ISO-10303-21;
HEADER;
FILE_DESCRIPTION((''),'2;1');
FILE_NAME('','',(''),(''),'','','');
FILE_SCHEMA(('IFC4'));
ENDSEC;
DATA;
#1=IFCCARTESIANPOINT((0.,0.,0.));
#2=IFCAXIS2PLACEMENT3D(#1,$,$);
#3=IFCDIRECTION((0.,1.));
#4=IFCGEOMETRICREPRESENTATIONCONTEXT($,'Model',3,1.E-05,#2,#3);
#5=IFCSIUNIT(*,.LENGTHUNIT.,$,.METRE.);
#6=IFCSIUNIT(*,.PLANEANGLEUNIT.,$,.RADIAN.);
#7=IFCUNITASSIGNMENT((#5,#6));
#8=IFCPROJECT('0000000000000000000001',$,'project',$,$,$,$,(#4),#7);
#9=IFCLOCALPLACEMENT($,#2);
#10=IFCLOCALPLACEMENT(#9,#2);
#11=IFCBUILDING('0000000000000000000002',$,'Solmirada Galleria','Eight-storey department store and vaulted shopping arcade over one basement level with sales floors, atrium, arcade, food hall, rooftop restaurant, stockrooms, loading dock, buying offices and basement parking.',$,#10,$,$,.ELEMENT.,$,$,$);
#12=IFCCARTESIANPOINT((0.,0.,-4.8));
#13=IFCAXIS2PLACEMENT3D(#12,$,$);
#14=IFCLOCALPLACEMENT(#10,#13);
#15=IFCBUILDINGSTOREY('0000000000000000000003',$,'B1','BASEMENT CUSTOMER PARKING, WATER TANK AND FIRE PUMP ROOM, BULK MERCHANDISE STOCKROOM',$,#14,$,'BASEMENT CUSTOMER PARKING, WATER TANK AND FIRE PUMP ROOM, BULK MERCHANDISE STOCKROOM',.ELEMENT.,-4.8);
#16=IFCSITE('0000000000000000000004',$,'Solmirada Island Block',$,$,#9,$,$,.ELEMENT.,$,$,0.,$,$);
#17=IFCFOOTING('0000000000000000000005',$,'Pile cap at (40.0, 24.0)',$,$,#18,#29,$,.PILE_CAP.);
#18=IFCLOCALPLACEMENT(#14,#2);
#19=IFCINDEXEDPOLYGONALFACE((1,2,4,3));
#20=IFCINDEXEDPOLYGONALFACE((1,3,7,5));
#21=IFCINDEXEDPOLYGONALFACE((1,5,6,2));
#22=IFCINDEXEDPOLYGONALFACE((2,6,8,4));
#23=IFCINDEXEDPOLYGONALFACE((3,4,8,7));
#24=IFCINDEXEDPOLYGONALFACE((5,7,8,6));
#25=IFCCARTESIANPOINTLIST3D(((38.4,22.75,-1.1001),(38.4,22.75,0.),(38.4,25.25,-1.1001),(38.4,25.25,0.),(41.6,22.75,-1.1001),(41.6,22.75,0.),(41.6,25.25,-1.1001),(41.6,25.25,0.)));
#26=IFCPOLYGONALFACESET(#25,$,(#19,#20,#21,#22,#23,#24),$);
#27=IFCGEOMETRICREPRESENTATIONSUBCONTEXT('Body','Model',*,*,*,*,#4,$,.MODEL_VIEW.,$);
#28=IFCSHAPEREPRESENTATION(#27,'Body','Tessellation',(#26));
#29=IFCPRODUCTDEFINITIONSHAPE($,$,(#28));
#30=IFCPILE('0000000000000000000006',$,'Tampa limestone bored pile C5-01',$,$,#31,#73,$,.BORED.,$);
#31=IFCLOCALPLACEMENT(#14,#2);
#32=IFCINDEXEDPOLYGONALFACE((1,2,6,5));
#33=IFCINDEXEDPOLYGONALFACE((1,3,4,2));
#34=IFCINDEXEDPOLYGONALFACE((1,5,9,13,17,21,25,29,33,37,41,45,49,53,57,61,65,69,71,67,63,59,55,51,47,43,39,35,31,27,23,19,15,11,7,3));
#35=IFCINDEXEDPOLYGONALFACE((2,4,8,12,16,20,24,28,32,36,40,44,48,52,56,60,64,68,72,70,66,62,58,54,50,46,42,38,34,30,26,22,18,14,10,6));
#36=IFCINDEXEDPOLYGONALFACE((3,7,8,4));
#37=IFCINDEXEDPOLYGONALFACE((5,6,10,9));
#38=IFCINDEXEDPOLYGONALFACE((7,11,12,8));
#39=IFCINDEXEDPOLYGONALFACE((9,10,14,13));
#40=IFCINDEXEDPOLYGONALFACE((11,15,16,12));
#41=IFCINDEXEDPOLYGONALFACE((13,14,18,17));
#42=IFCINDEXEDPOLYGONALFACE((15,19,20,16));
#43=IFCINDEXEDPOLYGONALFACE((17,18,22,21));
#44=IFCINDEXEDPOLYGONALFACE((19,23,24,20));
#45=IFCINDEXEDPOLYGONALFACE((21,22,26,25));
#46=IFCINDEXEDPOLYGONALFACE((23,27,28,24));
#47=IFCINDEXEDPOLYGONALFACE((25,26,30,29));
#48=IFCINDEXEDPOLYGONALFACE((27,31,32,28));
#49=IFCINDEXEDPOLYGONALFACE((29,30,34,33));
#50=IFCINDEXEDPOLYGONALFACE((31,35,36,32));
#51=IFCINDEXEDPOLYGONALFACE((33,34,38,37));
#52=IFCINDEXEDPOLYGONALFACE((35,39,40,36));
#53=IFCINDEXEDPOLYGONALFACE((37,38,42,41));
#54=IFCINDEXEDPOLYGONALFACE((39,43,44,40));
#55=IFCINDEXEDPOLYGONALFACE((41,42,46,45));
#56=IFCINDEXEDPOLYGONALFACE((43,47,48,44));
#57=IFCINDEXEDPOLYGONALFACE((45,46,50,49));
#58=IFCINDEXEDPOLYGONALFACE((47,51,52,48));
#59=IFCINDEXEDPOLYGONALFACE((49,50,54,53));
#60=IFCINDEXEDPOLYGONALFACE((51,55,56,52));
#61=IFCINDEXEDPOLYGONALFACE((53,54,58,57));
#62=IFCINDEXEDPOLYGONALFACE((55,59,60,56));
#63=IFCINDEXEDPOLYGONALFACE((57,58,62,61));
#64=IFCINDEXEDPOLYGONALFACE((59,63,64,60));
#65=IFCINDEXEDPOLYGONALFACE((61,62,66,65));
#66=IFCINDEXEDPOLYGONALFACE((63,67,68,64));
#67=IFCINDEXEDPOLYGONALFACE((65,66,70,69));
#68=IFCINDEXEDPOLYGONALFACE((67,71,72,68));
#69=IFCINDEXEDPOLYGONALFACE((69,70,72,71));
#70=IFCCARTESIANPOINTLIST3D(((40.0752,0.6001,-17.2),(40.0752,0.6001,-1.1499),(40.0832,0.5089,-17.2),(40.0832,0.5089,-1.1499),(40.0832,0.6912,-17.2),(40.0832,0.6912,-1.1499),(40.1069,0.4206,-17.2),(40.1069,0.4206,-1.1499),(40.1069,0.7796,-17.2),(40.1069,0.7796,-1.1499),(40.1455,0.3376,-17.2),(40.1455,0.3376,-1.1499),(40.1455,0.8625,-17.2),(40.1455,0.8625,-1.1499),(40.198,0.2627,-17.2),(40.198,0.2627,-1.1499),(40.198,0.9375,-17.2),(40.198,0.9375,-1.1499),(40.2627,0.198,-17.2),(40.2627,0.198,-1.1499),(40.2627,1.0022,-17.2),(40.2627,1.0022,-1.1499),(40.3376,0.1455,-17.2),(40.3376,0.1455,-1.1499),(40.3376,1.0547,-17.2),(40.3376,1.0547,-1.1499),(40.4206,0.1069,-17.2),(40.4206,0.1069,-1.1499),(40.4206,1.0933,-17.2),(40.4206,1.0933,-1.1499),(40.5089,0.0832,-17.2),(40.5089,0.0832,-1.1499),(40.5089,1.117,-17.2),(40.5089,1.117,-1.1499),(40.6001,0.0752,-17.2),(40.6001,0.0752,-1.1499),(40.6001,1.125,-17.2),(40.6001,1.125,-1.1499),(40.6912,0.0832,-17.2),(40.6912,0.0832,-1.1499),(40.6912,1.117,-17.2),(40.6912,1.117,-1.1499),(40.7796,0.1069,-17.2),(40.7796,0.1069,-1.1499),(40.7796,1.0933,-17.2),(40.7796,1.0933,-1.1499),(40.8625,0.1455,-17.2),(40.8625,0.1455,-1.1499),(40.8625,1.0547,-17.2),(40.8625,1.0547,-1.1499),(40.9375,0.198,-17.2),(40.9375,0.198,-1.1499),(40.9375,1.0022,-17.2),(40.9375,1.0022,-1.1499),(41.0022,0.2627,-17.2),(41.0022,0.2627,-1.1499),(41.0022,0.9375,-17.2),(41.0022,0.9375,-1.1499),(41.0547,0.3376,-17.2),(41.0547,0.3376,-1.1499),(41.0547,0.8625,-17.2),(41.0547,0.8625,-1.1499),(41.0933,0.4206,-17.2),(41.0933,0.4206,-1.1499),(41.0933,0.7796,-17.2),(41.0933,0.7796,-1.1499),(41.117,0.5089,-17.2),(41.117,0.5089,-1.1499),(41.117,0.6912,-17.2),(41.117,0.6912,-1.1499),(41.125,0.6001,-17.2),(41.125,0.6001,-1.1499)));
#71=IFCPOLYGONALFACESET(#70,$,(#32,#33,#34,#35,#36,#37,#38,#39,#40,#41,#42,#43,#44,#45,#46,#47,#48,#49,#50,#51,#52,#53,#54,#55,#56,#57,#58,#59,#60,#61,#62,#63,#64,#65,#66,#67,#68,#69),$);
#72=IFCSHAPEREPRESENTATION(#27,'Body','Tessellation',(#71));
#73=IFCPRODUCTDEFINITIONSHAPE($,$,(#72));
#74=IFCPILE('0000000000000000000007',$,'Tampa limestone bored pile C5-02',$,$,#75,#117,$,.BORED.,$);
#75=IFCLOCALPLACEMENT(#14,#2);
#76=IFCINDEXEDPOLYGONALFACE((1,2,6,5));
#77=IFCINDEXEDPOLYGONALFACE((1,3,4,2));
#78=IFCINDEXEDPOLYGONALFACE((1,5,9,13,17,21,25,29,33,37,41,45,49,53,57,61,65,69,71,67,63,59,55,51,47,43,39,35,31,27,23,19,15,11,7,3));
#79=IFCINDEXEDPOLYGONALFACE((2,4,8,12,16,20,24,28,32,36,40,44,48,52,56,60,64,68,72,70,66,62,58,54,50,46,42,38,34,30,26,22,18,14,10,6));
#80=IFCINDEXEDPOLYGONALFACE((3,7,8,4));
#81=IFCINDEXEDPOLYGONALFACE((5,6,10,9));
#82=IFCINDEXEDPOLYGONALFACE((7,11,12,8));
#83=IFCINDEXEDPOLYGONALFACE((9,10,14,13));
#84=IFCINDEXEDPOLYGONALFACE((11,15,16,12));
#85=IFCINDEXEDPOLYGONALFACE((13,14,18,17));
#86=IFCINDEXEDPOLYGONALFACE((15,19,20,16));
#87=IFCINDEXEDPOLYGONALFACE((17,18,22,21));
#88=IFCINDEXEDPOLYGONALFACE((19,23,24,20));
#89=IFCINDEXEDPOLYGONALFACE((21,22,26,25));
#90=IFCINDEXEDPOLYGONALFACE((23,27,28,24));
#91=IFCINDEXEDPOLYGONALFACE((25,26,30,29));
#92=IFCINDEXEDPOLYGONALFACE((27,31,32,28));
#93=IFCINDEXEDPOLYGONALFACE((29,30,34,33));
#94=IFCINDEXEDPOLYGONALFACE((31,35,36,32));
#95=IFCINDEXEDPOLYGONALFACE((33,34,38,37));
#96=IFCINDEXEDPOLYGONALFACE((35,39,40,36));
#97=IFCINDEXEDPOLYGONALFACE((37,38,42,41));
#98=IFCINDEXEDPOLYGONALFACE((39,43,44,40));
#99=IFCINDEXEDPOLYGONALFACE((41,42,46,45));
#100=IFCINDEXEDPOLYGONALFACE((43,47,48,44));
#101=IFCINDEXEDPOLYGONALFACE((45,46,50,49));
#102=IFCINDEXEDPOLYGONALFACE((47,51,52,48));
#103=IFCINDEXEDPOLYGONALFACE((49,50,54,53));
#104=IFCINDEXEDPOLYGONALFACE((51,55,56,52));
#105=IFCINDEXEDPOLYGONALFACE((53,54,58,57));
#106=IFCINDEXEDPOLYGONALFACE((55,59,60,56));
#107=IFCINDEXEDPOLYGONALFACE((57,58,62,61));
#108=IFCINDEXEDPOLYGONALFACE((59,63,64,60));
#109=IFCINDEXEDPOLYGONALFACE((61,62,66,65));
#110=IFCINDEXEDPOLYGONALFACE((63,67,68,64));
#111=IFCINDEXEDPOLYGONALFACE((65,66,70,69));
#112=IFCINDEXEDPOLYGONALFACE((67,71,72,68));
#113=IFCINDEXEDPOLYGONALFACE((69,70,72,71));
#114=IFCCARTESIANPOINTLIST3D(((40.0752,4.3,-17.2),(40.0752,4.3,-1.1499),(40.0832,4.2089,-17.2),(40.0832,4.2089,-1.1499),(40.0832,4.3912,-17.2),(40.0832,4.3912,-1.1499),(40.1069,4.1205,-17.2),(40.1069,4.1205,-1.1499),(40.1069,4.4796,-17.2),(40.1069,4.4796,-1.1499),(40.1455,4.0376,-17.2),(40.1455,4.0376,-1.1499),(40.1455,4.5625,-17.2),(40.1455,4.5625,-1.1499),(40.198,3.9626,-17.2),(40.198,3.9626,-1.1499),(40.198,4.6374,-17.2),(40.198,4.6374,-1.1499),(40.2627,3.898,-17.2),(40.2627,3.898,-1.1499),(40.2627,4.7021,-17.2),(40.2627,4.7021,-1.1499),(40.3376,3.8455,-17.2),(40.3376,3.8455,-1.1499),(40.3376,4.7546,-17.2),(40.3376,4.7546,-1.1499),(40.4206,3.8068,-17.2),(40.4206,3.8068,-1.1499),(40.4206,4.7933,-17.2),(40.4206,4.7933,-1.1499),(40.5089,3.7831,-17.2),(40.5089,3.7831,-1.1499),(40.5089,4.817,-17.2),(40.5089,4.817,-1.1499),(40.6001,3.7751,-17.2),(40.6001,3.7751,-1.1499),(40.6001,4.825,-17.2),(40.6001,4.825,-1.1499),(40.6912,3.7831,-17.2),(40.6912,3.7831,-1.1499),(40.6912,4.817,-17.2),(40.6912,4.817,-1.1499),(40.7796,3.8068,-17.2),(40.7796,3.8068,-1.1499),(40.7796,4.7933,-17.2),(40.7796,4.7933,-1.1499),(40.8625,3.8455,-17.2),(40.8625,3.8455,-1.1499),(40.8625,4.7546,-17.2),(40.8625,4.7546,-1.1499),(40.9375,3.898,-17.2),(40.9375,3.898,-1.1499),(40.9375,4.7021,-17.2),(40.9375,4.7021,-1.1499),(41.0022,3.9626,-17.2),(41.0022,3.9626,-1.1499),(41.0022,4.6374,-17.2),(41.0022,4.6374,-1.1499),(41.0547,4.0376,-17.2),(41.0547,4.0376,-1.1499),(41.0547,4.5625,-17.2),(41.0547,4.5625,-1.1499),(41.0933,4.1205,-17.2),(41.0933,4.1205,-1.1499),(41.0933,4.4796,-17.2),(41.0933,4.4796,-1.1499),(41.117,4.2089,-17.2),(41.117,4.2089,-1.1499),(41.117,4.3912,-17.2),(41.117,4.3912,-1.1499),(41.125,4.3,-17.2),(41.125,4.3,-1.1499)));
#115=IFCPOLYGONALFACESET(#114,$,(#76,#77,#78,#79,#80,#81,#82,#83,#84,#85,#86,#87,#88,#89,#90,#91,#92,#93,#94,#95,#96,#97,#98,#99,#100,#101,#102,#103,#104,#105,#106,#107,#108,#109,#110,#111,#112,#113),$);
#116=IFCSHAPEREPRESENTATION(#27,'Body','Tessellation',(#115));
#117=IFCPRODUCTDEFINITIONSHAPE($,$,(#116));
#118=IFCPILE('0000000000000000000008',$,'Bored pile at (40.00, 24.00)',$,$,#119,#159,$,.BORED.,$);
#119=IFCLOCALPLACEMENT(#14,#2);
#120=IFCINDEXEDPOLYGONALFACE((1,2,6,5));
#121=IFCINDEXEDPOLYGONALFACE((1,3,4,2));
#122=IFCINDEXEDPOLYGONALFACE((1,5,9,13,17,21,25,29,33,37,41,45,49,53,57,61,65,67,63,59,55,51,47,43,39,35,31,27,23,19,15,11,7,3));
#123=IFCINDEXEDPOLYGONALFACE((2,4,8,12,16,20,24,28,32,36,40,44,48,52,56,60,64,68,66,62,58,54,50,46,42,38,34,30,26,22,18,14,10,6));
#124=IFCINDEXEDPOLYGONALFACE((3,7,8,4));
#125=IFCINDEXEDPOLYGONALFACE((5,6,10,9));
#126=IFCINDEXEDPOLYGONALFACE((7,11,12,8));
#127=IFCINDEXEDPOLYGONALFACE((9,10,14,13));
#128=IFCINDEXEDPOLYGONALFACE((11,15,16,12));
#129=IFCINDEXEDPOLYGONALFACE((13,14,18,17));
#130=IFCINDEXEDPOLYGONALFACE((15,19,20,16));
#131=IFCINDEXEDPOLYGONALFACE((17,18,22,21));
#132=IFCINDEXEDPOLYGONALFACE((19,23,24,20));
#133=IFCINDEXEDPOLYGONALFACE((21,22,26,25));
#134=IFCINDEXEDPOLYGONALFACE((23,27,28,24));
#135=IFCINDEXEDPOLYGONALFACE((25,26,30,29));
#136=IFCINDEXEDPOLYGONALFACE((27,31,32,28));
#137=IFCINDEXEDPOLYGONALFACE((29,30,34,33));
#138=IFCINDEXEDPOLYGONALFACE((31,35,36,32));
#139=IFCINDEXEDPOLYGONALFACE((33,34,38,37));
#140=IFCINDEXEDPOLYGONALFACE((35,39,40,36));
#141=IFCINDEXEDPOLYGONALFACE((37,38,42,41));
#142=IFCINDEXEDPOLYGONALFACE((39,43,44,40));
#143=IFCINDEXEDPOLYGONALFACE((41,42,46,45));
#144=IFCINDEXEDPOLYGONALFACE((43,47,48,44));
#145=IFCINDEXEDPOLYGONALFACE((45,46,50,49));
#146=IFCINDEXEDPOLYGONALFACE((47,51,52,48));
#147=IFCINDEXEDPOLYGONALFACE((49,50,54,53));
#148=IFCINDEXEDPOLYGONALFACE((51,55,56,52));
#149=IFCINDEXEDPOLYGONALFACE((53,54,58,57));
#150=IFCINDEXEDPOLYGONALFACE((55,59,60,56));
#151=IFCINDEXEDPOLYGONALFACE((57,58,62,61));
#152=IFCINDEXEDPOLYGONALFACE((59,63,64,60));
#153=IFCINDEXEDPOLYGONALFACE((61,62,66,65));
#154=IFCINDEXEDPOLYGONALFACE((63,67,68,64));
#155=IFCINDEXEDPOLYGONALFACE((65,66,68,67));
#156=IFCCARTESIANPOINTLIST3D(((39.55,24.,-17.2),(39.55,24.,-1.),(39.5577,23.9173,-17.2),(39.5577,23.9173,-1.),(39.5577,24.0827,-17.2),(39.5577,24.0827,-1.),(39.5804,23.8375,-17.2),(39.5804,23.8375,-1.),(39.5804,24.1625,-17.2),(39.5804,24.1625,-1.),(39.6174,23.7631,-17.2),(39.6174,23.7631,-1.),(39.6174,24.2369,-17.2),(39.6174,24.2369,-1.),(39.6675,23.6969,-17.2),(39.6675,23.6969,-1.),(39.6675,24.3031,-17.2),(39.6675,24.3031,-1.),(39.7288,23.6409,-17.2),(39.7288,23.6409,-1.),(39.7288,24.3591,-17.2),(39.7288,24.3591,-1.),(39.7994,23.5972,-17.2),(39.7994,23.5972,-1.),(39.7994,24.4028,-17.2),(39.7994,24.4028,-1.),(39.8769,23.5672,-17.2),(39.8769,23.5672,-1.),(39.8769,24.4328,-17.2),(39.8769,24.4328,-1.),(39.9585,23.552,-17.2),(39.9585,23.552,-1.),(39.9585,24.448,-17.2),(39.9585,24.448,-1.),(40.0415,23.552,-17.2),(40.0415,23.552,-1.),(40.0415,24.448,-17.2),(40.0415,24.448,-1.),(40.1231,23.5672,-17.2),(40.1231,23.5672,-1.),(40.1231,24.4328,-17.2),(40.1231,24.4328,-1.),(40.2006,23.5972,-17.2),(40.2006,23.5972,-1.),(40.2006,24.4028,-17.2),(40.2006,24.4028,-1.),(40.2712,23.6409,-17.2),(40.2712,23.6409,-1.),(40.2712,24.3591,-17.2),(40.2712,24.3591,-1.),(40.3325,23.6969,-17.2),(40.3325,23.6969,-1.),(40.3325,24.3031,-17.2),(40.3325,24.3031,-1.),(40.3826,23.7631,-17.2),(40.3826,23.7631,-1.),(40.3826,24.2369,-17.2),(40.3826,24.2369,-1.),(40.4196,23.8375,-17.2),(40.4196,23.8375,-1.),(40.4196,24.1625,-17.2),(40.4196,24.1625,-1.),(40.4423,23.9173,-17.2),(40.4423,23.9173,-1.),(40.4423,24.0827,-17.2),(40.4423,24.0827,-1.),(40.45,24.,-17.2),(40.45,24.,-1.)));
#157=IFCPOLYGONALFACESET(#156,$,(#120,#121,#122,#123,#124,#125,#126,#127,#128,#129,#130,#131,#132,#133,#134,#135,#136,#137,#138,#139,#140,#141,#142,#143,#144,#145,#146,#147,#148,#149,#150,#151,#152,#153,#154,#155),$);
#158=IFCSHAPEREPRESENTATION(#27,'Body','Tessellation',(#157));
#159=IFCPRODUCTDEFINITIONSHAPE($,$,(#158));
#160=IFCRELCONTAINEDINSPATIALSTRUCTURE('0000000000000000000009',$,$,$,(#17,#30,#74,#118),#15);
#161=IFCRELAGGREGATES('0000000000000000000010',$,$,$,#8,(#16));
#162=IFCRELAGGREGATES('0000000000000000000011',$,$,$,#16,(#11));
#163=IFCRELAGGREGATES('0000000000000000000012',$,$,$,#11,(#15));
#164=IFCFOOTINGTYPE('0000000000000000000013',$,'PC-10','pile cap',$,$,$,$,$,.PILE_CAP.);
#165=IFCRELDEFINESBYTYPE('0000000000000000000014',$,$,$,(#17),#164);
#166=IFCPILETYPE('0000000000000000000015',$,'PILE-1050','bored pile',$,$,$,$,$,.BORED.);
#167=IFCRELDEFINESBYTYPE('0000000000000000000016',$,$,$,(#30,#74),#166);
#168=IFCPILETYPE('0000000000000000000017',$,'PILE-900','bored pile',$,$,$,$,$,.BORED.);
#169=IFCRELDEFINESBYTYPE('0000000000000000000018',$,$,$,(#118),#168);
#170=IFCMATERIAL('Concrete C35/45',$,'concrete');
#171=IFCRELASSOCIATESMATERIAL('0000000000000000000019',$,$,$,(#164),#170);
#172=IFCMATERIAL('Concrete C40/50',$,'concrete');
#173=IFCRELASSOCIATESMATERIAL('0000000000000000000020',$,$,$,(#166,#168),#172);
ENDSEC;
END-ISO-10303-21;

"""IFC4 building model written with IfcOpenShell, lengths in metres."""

from ifc_helpers import new_model, si_unit, direction, frame, origin, origin_2d, place, context, subcontext, project, spatial, rectangle, circle, extrude, material, material_profile, profile_set, type_object, element, save


model = new_model("IFC4")

# Units and contexts
model_context = context("Model", 3, precision=1e-05, world=origin(), true_north=direction((0.0, 1.0)))
body_context = subcontext(model_context, "Body", "Model", "MODEL_VIEW")
ifc_project = project(units=[si_unit("LENGTHUNIT", "METRE"), si_unit("PLANEANGLEUNIT", "RADIAN")], contexts=[model_context])

# Site, building, storey
site_placement = place(None, origin())
site = spatial("IfcSite", under=ifc_project, at=site_placement, Name="Solmirada Island Block", CompositionType="ELEMENT", RefElevation=0.0)
building_placement = place(site_placement, origin())
building = spatial("IfcBuilding", under=site, at=building_placement, Name="Solmirada Galleria", Description="Eight-storey department store and vaulted shopping arcade over one basement level with sales floors, atrium, arcade, food hall, rooftop restaurant, stockrooms, loading dock, buying offices and basement parking.", CompositionType="ELEMENT")
storey_placement = place(building_placement, frame((0.0, 0.0, -4.8)))
storey = spatial("IfcBuildingStorey", under=building, at=storey_placement, Name="B1", Description="BASEMENT CUSTOMER PARKING, WATER TANK AND FIRE PUMP ROOM, BULK MERCHANDISE STOCKROOM", LongName="BASEMENT CUSTOMER PARKING, WATER TANK AND FIRE PUMP ROOM, BULK MERCHANDISE STOCKROOM", CompositionType="ELEMENT", Elevation=-4.8)

# Footing
ifc_material_1 = material(Name="Concrete C35/45", Category="concrete")
footing_type = type_object("IfcFootingType", Name="PC-10", Description="pile cap", PredefinedType="PILE_CAP", material=ifc_material_1)
footing_placement = place(storey_placement, frame((40.0, 24.0, -1.1001), z_axis=(0.0, 0.0, 1.0), x_axis=(1.0, 0.0, 0.0)))
element("IfcFooting", 1, at=footing_placement, inside=storey, type_object=footing_type, Name="Pile cap at (40.0, 24.0)", PredefinedType="PILE_CAP", context=body_context, shape_type="SweptSolid", body=[
    extrude(rectangle(XDim=3.2, YDim=2.5, at=origin_2d()), origin(), (0.0, 0.0, 1.0), 1.1001),
])

# Piles
ifc_material_2 = material(Name="Concrete C40/50", Category="concrete")
ifc_material_profile_1 = material_profile(ifc_material_2, circle(Radius=0.5249, at=origin_2d()), Name="PILE1050")
ifc_profile_set_1 = profile_set([ifc_material_profile_1], Name="Concrete C40/50")
pile_type_1 = type_object("IfcPileType", Name="PILE-1050", Description="bored pile", PredefinedType="BORED", material=ifc_profile_set_1)
for number, where, z_axis, x_axis, name in (
    (2, (40.6001, 0.6001, -1.1499), (0.0, 0.0, -1.0), (1.0, 0.0, 0.0), "Tampa limestone bored pile C5-01"),
    (3, (40.6001, 4.3, -1.1499), (0.0, 0.0, -1.0), (1.0, 0.0, 0.0), "Tampa limestone bored pile C5-02"),
):
    element("IfcPile", number, at=place(storey_placement, frame(where, z_axis=z_axis, x_axis=x_axis)), inside=storey, type_object=pile_type_1, Name=name, PredefinedType="BORED", context=body_context, shape_type="SweptSolid", body=[
        extrude(circle(Radius=0.5249, at=origin_2d()), origin(), (0.0, 0.0, 1.0), 16.05),
    ])
ifc_material_profile_2 = material_profile(ifc_material_2, circle(Radius=0.45, at=origin_2d()), Name="PILE900")
ifc_profile_set_2 = profile_set([ifc_material_profile_2], Name="Concrete C40/50")
pile_type_2 = type_object("IfcPileType", Name="PILE-900", Description="bored pile", PredefinedType="BORED", material=ifc_profile_set_2)
pile_placement = place(storey_placement, frame((40.0, 24.0, -1.0), z_axis=(0.0, 0.0, -1.0), x_axis=(1.0, 0.0, 0.0)))
element("IfcPile", 4, at=pile_placement, inside=storey, type_object=pile_type_2, Name="Bored pile at (40.00, 24.00)", PredefinedType="BORED", context=body_context, shape_type="SweptSolid", body=[
    extrude(circle(Radius=0.45, at=origin_2d()), origin(), (0.0, 0.0, 1.0), 16.2),
])

save(model, "model.ifc")
